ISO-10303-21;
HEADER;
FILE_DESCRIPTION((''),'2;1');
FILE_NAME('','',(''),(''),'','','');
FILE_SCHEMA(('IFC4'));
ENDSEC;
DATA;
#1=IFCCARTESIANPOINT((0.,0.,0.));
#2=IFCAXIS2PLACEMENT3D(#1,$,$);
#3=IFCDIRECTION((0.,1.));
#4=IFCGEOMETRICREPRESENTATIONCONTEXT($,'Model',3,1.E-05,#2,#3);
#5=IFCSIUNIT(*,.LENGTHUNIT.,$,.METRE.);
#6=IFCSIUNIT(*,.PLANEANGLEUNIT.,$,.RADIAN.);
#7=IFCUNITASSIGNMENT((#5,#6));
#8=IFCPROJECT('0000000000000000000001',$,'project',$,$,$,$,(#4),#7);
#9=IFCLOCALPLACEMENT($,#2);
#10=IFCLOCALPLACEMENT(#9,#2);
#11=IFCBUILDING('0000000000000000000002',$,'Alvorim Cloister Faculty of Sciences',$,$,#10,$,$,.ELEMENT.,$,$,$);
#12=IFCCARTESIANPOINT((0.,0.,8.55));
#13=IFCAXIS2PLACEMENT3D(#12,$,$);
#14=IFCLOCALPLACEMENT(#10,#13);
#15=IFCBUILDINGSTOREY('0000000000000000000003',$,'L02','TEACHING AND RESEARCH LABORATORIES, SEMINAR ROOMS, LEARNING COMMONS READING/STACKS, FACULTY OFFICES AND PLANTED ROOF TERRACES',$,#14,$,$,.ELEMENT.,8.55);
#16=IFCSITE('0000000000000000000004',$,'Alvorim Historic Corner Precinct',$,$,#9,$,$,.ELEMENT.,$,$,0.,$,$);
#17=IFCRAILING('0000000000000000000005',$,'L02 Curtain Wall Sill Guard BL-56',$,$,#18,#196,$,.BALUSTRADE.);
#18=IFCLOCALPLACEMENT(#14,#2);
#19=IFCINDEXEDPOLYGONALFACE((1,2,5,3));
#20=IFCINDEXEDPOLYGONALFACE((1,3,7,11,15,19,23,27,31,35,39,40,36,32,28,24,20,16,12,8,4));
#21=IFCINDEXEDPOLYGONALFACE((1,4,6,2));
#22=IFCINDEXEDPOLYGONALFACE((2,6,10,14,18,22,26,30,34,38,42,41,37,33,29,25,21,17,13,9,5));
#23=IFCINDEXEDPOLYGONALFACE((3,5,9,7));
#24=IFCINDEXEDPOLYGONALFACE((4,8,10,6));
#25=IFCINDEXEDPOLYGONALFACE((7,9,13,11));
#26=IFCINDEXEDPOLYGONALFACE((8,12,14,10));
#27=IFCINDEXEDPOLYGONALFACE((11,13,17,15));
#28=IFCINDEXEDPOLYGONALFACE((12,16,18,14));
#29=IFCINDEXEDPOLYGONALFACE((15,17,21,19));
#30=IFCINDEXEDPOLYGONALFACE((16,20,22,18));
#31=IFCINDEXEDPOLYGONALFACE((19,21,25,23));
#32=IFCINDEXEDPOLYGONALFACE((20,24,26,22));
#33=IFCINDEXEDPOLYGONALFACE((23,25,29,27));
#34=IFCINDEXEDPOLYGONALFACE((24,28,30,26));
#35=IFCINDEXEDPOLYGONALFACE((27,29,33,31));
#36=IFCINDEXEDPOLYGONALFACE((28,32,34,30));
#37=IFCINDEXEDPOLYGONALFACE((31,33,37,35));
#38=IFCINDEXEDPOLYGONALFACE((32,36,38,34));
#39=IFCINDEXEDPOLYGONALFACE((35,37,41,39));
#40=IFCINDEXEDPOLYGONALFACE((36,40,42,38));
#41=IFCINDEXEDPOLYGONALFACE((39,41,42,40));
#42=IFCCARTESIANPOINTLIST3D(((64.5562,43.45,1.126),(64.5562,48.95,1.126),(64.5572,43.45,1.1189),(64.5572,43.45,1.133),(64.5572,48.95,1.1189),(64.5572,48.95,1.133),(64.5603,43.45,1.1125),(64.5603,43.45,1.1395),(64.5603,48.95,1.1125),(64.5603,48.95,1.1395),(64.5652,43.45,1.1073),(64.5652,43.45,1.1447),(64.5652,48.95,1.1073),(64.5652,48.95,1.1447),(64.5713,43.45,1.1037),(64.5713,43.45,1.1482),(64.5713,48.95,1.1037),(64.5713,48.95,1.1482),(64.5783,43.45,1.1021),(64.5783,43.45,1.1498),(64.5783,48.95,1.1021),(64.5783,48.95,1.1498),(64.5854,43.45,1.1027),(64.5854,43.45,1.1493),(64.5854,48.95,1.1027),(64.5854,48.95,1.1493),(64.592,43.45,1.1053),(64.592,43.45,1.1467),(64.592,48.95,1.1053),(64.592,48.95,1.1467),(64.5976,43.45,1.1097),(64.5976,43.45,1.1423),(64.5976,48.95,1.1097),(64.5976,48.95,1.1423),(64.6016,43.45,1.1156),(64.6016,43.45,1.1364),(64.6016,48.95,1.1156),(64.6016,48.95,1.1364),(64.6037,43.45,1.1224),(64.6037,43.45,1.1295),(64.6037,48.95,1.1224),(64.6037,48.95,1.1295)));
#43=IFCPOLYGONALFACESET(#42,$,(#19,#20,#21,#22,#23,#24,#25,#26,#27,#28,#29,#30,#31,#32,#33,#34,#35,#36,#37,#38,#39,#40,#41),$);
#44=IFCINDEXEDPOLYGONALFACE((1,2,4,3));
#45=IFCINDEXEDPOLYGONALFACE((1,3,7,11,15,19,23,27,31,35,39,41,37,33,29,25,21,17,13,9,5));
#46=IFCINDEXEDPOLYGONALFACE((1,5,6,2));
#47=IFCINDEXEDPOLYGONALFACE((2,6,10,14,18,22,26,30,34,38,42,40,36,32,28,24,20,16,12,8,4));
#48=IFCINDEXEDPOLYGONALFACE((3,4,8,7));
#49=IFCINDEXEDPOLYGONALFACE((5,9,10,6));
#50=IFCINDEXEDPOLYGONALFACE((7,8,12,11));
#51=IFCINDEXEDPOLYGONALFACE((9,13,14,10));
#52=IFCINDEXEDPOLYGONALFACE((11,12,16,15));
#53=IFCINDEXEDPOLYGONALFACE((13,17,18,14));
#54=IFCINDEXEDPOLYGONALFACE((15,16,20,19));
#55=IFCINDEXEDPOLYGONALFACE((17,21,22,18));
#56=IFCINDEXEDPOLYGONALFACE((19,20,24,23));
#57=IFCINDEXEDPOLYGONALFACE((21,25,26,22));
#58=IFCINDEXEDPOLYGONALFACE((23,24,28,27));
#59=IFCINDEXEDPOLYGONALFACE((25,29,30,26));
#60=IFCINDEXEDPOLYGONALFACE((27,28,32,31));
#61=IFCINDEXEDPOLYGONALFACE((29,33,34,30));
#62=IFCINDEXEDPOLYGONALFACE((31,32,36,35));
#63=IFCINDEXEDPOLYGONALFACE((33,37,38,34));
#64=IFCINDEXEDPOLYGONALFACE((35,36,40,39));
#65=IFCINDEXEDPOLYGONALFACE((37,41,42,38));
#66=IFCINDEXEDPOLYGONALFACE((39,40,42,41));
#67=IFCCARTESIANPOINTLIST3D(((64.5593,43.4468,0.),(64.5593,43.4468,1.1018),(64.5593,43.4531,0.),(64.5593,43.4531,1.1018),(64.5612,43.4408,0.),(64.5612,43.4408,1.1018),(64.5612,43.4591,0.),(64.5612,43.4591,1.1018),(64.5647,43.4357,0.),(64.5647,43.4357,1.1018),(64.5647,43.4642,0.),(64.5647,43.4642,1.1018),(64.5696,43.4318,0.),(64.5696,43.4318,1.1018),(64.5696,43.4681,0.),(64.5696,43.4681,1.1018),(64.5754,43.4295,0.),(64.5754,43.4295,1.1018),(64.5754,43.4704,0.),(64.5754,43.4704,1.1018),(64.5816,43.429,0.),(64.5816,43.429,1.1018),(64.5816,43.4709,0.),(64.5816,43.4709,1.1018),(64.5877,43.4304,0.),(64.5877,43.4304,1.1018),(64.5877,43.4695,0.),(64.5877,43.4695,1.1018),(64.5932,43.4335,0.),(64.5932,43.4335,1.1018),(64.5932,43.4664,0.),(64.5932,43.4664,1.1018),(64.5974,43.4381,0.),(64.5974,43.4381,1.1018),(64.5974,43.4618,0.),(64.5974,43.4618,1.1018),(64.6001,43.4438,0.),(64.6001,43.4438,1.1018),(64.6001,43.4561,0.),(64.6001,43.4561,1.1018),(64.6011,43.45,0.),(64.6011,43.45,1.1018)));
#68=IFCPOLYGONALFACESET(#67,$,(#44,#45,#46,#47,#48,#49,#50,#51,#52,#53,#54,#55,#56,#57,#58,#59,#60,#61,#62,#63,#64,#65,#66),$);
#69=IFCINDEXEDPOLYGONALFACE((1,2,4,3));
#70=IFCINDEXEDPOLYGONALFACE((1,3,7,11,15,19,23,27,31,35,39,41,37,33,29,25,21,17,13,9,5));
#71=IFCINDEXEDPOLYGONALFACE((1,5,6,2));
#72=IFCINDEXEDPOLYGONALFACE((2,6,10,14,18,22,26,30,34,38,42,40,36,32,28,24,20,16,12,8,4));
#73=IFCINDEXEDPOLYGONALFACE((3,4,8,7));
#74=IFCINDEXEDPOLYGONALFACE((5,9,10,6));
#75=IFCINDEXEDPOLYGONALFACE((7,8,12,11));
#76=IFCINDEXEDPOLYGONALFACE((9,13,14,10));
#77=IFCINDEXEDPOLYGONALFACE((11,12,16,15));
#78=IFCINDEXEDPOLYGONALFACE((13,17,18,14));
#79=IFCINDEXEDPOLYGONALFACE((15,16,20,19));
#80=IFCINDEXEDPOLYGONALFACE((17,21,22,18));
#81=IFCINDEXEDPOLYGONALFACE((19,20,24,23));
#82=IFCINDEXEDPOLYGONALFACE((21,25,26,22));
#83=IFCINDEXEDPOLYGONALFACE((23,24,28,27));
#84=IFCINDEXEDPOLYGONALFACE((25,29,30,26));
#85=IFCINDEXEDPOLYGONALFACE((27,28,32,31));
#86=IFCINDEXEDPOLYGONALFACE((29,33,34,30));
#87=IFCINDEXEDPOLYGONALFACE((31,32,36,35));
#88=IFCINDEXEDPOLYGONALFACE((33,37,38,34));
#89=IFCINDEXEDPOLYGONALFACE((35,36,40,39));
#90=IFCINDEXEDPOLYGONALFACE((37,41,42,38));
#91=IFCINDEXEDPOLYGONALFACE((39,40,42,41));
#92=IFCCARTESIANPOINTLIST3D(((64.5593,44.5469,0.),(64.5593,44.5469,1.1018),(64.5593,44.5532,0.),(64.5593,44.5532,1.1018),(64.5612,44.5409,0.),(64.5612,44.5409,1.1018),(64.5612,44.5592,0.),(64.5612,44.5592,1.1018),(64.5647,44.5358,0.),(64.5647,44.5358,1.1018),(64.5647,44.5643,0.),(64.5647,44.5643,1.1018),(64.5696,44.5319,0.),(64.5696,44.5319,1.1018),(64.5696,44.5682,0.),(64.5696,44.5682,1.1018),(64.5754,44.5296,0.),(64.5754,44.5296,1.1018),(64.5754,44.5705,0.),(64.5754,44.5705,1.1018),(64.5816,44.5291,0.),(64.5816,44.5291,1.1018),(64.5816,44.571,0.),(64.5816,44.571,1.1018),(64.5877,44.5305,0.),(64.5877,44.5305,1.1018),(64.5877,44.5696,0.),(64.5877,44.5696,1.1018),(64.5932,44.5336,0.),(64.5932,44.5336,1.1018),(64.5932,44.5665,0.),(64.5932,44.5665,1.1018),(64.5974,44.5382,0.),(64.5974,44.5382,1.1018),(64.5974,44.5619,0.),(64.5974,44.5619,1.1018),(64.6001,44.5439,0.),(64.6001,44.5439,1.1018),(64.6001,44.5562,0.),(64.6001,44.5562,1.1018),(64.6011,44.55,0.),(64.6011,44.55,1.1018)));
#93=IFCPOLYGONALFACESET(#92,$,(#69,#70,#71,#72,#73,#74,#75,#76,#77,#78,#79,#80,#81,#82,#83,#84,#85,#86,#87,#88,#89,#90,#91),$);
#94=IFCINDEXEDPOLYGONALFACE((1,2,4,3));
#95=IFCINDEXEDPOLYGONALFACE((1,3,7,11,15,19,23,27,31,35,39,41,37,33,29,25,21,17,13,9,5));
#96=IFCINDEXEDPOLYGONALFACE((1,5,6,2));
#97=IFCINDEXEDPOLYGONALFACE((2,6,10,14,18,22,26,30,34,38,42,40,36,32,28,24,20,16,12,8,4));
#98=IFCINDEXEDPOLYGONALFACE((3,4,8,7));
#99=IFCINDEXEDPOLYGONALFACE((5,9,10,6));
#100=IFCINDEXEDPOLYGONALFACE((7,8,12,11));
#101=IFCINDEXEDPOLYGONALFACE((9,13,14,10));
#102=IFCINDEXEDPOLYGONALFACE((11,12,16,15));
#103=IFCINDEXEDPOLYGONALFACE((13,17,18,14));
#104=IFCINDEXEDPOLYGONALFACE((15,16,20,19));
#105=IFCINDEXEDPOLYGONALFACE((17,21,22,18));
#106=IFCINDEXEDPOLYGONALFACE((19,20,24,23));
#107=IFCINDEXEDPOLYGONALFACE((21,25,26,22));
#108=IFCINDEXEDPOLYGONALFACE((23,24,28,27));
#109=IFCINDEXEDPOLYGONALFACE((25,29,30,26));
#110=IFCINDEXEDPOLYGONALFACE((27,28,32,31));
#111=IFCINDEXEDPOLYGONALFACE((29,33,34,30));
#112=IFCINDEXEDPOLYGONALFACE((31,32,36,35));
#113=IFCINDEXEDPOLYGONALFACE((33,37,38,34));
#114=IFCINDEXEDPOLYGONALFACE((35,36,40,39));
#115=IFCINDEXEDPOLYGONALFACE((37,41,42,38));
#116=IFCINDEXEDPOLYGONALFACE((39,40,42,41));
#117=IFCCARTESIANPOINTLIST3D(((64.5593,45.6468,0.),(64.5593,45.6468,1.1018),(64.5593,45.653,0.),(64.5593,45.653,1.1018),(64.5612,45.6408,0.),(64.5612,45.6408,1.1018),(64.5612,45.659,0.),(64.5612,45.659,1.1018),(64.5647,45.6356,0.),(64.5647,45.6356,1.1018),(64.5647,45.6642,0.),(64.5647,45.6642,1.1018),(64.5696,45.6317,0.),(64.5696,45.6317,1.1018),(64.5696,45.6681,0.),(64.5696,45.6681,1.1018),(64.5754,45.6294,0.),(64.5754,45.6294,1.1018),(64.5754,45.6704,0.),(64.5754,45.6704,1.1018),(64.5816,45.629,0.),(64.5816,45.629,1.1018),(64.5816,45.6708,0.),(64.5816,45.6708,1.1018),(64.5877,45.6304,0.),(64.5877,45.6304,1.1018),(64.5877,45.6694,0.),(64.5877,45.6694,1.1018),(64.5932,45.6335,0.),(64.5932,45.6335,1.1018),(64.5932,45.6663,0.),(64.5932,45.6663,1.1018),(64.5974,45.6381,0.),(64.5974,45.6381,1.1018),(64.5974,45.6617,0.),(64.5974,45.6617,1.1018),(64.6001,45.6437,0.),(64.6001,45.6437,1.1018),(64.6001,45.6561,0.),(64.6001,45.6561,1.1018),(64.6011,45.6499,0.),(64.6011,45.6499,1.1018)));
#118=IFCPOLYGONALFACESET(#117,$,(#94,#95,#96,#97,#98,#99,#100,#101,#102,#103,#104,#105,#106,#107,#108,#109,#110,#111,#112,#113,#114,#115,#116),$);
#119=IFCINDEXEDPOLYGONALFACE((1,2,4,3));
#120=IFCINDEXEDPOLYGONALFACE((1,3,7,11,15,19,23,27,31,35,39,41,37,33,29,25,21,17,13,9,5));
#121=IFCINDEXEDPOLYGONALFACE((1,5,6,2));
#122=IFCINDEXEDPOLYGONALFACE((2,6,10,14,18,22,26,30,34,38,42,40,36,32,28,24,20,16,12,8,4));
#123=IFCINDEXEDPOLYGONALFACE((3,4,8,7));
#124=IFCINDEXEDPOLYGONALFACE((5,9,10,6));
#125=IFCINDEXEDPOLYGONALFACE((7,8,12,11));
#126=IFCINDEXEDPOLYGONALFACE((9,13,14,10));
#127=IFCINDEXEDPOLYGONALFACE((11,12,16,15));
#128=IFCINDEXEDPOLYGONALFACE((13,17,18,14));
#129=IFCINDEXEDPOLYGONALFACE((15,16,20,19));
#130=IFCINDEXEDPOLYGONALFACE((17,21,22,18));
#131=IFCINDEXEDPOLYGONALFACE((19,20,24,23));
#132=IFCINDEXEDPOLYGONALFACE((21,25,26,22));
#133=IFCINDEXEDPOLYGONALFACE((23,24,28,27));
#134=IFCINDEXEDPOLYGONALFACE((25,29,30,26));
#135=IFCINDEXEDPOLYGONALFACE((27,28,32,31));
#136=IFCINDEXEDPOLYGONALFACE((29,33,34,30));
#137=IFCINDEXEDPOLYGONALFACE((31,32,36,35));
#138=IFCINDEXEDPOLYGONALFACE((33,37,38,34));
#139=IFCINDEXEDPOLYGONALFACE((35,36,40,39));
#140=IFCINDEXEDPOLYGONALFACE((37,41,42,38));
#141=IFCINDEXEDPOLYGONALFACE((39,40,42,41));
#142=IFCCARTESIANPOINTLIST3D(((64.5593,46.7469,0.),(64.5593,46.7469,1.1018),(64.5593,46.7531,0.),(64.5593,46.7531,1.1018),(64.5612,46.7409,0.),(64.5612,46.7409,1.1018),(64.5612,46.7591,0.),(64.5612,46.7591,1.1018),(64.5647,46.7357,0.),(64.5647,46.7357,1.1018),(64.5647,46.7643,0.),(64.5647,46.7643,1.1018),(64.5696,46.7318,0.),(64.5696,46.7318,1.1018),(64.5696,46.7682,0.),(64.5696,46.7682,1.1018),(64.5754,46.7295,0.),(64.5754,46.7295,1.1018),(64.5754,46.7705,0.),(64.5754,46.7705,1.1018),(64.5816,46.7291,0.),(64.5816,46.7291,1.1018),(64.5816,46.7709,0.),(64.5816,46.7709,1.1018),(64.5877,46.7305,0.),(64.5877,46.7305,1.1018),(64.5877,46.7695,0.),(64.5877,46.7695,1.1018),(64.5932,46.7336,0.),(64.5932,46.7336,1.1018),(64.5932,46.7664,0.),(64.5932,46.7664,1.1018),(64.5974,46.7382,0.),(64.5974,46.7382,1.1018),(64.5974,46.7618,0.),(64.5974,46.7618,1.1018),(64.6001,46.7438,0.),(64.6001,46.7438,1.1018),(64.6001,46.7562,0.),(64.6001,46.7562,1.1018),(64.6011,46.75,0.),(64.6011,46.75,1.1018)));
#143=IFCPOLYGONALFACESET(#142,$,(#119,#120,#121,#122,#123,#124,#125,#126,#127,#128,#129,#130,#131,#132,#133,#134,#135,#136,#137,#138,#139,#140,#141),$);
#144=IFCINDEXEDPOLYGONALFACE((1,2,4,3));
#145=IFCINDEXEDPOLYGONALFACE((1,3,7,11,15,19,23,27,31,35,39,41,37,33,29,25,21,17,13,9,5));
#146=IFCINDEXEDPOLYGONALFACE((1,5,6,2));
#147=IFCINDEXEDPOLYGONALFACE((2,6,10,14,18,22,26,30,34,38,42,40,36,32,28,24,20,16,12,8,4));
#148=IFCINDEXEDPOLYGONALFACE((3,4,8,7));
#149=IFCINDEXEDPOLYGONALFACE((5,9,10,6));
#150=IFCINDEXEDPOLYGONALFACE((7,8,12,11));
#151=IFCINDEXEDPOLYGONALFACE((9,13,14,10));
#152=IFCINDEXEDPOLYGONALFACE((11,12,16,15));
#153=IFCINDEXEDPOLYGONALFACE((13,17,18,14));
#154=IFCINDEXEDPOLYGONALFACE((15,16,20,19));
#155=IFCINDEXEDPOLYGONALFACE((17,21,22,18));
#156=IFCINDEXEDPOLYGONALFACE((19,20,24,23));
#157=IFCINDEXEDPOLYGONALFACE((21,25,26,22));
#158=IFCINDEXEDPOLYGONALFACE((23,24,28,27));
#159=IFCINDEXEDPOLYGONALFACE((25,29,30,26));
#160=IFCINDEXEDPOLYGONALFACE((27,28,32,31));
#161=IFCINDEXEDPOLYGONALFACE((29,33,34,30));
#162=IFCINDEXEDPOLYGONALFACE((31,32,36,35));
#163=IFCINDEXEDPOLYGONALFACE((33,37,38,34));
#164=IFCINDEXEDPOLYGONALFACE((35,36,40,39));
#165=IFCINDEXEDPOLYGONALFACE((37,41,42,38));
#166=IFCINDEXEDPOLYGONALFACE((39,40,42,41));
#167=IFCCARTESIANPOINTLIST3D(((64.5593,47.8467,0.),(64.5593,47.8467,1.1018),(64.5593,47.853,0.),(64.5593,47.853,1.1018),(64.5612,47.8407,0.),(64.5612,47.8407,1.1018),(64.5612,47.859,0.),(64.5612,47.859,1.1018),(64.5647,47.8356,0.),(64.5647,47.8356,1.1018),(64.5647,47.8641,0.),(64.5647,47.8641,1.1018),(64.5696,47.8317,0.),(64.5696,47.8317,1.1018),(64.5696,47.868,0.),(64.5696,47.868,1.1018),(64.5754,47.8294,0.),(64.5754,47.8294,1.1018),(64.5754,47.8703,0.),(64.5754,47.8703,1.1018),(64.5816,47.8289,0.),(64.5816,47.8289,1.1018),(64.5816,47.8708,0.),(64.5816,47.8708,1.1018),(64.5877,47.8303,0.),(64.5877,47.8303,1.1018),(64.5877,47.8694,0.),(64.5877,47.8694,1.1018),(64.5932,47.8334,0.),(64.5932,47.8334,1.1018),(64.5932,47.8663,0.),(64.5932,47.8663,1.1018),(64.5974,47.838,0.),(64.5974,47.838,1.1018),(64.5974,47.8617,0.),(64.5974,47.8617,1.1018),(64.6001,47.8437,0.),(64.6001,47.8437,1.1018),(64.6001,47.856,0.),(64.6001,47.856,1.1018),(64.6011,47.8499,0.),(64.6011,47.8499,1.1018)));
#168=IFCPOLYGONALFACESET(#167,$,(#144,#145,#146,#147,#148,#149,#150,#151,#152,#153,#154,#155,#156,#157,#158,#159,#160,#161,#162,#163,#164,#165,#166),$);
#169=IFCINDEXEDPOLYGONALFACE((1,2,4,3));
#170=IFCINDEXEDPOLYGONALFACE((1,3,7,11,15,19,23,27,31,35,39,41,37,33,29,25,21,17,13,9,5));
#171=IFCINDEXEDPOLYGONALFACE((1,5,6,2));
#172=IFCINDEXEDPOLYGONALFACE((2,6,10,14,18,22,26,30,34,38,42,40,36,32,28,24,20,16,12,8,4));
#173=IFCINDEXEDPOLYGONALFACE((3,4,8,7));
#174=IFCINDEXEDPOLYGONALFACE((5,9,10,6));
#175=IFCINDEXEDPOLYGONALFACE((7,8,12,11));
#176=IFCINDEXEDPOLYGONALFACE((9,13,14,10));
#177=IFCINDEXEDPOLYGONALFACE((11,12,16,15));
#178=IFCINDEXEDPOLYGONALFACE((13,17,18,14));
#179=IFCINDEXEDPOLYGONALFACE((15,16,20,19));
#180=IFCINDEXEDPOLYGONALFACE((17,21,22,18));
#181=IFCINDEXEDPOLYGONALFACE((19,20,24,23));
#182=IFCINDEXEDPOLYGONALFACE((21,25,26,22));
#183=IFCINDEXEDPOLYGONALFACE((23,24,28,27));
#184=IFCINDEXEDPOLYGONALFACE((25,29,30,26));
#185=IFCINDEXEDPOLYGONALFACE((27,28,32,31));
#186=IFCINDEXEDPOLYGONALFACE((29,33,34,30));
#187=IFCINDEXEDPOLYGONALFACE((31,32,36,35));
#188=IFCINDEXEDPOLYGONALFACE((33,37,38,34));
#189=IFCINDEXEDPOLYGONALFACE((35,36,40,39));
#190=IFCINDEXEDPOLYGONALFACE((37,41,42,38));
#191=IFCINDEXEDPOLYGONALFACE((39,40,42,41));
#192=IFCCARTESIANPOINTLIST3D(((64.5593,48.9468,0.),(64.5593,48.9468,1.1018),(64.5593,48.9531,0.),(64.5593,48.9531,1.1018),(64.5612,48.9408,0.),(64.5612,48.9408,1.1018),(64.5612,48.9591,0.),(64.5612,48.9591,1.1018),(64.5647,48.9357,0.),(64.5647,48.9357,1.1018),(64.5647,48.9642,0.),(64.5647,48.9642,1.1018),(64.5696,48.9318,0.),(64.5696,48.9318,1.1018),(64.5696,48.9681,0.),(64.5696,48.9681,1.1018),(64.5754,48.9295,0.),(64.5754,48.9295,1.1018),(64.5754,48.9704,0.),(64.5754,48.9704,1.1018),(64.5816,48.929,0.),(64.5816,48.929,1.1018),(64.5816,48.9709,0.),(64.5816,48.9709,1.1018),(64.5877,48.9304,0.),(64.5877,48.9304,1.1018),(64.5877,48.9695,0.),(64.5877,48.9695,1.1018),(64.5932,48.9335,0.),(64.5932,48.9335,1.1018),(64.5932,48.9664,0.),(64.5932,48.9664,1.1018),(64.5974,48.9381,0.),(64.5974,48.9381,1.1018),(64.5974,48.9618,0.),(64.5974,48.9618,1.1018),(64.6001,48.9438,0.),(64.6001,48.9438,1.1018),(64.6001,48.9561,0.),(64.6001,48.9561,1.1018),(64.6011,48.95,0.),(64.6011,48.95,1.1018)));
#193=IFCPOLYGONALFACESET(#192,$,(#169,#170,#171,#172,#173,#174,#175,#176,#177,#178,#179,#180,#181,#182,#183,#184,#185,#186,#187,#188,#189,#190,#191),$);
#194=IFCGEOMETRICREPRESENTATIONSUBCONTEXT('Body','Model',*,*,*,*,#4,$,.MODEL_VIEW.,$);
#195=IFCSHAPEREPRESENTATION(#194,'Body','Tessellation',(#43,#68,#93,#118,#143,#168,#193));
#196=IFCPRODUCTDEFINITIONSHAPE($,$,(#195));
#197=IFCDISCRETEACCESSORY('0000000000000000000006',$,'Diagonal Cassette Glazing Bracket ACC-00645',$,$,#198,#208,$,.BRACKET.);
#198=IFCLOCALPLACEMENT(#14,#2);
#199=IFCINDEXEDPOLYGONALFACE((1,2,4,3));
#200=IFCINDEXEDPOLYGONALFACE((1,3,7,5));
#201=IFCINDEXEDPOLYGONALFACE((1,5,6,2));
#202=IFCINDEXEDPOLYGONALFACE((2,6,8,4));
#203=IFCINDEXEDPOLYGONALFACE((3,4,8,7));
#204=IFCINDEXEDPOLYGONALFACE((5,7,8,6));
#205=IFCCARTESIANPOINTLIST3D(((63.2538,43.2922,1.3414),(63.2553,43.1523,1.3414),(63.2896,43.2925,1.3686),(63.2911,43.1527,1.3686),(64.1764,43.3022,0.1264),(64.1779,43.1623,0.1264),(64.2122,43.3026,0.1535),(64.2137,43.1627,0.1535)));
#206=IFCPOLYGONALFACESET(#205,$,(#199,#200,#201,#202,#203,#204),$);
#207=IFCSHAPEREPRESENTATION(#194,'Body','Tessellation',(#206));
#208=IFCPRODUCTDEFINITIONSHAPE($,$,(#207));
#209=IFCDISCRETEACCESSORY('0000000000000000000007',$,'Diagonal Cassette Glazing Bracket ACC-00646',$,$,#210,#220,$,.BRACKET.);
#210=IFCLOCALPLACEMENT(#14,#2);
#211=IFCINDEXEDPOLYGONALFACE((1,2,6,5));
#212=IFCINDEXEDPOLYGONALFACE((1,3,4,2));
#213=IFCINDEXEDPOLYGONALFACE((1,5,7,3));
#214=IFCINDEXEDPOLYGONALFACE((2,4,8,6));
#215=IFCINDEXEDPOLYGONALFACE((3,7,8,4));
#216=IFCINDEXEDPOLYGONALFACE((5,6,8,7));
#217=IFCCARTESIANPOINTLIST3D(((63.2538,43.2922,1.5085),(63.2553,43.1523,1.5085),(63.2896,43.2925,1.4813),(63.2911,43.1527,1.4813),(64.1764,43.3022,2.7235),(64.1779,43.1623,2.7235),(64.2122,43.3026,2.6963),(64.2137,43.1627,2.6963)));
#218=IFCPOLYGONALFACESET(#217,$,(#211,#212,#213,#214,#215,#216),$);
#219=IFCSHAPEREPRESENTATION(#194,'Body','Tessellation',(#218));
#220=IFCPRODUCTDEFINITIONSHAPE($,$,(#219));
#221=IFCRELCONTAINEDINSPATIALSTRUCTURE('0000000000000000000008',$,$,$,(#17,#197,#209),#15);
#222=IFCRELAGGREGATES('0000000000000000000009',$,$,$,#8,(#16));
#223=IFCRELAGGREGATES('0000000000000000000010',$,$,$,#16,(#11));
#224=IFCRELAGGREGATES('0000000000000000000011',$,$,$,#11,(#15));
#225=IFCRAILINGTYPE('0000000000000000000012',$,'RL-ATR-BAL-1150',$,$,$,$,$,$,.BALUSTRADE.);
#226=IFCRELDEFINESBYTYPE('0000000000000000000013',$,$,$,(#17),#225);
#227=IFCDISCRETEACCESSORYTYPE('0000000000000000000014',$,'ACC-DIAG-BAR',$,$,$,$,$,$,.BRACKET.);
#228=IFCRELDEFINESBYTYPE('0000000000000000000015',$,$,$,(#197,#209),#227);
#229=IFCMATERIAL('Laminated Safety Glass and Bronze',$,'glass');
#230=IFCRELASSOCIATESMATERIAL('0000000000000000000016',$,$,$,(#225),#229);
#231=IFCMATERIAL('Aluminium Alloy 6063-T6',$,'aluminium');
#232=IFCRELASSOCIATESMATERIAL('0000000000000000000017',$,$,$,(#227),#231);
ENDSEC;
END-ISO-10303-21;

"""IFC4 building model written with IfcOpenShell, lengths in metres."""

from ifc_helpers import new_model, si_unit, direction, frame, origin, origin_2d, place, context, subcontext, project, spatial, rectangle, circle, extrude, material, type_object, element, save


model = new_model("IFC4")

# Units and contexts
model_context = context("Model", 3, precision=1e-05, world=origin(), true_north=direction((0.0, 1.0)))
body_context = subcontext(model_context, "Body", "Model", "MODEL_VIEW")
ifc_project = project(units=[si_unit("LENGTHUNIT", "METRE"), si_unit("PLANEANGLEUNIT", "RADIAN")], contexts=[model_context])

# Site, building, storey
site_placement = place(None, origin())
site = spatial("IfcSite", under=ifc_project, at=site_placement, Name="Alvorim Historic Corner Precinct", CompositionType="ELEMENT", RefElevation=0.0)
building_placement = place(site_placement, origin())
building = spatial("IfcBuilding", under=site, at=building_placement, Name="Alvorim Cloister Faculty of Sciences", CompositionType="ELEMENT")
storey_placement = place(building_placement, frame((0.0, 0.0, 8.55)))
storey = spatial("IfcBuildingStorey", under=building, at=storey_placement, Name="L02", Description="TEACHING AND RESEARCH LABORATORIES, SEMINAR ROOMS, LEARNING COMMONS READING/STACKS, FACULTY OFFICES AND PLANTED ROOF TERRACES", CompositionType="ELEMENT", Elevation=8.55)

# Shared definitions
ifc_material_1 = material(Name="Aluminium Alloy 6063-T6", Category="aluminium")

# Railing
ifc_material_2 = material(Name="Laminated Safety Glass and Bronze", Category="glass")
railing_type = type_object("IfcRailingType", Name="RL-ATR-BAL-1150", PredefinedType="BALUSTRADE", material=ifc_material_2)
railing_placement = place(storey_placement, frame((64.5801, 43.45, 0.0)))
element("IfcRailing", 1, at=railing_placement, inside=storey, type_object=railing_type, Name="L02 Curtain Wall Sill Guard BL-56", PredefinedType="BALUSTRADE", context=body_context, shape_type="SweptSolid", body=[
    extrude(circle(Radius=0.0239, at=origin_2d()), frame((0.0, 0.0, 1.126), z_axis=(0.0, 1.0, 0.0), x_axis=(-1.0, 0.0, 0.0)), (0.0, 0.0, 1.0), 5.5),
    extrude(circle(Radius=0.021, at=origin_2d()), origin(), (0.0, 0.0, 1.0), 1.1018),
    extrude(circle(Radius=0.021, at=origin_2d()), frame((0.0, 1.1001, 0.0)), (0.0, 0.0, 1.0), 1.1018),
    extrude(circle(Radius=0.021, at=origin_2d()), frame((0.0, 2.2, 0.0)), (0.0, 0.0, 1.0), 1.1018),
    extrude(circle(Radius=0.021, at=origin_2d()), frame((0.0, 3.3, 0.0)), (0.0, 0.0, 1.0), 1.1018),
    extrude(circle(Radius=0.021, at=origin_2d()), frame((0.0, 4.3999, 0.0)), (0.0, 0.0, 1.0), 1.1018),
    extrude(circle(Radius=0.021, at=origin_2d()), frame((0.0, 5.5, 0.0)), (0.0, 0.0, 1.0), 1.1018),
])

# Discrete accessories
discrete_accessory_type = type_object("IfcDiscreteAccessoryType", Name="ACC-DIAG-BAR", PredefinedType="BRACKET", material=ifc_material_1)
for number, where, z_axis, x_axis, name in (
    (2, (63.2725, 43.2224, 1.355), (0.604713, 0.006561, -0.796416), (-0.010849, 0.999941, 0.0), "Diagonal Cassette Glazing Bracket ACC-00645"),
    (3, (63.2725, 43.2224, 1.4949), (0.604713, 0.006561, 0.796416), (-0.010849, 0.999941, 0.0), "Diagonal Cassette Glazing Bracket ACC-00646"),
):
    element("IfcDiscreteAccessory", number, at=place(storey_placement, frame(where, z_axis=z_axis, x_axis=x_axis)), inside=storey, type_object=discrete_accessory_type, Name=name, PredefinedType="BRACKET", context=body_context, shape_type="SweptSolid", body=[
        extrude(rectangle(XDim=0.1399, YDim=0.0449, at=origin_2d()), origin(), (0.0, 0.0, 1.0), 1.5256),
    ])

save(model, "model.ifc")
